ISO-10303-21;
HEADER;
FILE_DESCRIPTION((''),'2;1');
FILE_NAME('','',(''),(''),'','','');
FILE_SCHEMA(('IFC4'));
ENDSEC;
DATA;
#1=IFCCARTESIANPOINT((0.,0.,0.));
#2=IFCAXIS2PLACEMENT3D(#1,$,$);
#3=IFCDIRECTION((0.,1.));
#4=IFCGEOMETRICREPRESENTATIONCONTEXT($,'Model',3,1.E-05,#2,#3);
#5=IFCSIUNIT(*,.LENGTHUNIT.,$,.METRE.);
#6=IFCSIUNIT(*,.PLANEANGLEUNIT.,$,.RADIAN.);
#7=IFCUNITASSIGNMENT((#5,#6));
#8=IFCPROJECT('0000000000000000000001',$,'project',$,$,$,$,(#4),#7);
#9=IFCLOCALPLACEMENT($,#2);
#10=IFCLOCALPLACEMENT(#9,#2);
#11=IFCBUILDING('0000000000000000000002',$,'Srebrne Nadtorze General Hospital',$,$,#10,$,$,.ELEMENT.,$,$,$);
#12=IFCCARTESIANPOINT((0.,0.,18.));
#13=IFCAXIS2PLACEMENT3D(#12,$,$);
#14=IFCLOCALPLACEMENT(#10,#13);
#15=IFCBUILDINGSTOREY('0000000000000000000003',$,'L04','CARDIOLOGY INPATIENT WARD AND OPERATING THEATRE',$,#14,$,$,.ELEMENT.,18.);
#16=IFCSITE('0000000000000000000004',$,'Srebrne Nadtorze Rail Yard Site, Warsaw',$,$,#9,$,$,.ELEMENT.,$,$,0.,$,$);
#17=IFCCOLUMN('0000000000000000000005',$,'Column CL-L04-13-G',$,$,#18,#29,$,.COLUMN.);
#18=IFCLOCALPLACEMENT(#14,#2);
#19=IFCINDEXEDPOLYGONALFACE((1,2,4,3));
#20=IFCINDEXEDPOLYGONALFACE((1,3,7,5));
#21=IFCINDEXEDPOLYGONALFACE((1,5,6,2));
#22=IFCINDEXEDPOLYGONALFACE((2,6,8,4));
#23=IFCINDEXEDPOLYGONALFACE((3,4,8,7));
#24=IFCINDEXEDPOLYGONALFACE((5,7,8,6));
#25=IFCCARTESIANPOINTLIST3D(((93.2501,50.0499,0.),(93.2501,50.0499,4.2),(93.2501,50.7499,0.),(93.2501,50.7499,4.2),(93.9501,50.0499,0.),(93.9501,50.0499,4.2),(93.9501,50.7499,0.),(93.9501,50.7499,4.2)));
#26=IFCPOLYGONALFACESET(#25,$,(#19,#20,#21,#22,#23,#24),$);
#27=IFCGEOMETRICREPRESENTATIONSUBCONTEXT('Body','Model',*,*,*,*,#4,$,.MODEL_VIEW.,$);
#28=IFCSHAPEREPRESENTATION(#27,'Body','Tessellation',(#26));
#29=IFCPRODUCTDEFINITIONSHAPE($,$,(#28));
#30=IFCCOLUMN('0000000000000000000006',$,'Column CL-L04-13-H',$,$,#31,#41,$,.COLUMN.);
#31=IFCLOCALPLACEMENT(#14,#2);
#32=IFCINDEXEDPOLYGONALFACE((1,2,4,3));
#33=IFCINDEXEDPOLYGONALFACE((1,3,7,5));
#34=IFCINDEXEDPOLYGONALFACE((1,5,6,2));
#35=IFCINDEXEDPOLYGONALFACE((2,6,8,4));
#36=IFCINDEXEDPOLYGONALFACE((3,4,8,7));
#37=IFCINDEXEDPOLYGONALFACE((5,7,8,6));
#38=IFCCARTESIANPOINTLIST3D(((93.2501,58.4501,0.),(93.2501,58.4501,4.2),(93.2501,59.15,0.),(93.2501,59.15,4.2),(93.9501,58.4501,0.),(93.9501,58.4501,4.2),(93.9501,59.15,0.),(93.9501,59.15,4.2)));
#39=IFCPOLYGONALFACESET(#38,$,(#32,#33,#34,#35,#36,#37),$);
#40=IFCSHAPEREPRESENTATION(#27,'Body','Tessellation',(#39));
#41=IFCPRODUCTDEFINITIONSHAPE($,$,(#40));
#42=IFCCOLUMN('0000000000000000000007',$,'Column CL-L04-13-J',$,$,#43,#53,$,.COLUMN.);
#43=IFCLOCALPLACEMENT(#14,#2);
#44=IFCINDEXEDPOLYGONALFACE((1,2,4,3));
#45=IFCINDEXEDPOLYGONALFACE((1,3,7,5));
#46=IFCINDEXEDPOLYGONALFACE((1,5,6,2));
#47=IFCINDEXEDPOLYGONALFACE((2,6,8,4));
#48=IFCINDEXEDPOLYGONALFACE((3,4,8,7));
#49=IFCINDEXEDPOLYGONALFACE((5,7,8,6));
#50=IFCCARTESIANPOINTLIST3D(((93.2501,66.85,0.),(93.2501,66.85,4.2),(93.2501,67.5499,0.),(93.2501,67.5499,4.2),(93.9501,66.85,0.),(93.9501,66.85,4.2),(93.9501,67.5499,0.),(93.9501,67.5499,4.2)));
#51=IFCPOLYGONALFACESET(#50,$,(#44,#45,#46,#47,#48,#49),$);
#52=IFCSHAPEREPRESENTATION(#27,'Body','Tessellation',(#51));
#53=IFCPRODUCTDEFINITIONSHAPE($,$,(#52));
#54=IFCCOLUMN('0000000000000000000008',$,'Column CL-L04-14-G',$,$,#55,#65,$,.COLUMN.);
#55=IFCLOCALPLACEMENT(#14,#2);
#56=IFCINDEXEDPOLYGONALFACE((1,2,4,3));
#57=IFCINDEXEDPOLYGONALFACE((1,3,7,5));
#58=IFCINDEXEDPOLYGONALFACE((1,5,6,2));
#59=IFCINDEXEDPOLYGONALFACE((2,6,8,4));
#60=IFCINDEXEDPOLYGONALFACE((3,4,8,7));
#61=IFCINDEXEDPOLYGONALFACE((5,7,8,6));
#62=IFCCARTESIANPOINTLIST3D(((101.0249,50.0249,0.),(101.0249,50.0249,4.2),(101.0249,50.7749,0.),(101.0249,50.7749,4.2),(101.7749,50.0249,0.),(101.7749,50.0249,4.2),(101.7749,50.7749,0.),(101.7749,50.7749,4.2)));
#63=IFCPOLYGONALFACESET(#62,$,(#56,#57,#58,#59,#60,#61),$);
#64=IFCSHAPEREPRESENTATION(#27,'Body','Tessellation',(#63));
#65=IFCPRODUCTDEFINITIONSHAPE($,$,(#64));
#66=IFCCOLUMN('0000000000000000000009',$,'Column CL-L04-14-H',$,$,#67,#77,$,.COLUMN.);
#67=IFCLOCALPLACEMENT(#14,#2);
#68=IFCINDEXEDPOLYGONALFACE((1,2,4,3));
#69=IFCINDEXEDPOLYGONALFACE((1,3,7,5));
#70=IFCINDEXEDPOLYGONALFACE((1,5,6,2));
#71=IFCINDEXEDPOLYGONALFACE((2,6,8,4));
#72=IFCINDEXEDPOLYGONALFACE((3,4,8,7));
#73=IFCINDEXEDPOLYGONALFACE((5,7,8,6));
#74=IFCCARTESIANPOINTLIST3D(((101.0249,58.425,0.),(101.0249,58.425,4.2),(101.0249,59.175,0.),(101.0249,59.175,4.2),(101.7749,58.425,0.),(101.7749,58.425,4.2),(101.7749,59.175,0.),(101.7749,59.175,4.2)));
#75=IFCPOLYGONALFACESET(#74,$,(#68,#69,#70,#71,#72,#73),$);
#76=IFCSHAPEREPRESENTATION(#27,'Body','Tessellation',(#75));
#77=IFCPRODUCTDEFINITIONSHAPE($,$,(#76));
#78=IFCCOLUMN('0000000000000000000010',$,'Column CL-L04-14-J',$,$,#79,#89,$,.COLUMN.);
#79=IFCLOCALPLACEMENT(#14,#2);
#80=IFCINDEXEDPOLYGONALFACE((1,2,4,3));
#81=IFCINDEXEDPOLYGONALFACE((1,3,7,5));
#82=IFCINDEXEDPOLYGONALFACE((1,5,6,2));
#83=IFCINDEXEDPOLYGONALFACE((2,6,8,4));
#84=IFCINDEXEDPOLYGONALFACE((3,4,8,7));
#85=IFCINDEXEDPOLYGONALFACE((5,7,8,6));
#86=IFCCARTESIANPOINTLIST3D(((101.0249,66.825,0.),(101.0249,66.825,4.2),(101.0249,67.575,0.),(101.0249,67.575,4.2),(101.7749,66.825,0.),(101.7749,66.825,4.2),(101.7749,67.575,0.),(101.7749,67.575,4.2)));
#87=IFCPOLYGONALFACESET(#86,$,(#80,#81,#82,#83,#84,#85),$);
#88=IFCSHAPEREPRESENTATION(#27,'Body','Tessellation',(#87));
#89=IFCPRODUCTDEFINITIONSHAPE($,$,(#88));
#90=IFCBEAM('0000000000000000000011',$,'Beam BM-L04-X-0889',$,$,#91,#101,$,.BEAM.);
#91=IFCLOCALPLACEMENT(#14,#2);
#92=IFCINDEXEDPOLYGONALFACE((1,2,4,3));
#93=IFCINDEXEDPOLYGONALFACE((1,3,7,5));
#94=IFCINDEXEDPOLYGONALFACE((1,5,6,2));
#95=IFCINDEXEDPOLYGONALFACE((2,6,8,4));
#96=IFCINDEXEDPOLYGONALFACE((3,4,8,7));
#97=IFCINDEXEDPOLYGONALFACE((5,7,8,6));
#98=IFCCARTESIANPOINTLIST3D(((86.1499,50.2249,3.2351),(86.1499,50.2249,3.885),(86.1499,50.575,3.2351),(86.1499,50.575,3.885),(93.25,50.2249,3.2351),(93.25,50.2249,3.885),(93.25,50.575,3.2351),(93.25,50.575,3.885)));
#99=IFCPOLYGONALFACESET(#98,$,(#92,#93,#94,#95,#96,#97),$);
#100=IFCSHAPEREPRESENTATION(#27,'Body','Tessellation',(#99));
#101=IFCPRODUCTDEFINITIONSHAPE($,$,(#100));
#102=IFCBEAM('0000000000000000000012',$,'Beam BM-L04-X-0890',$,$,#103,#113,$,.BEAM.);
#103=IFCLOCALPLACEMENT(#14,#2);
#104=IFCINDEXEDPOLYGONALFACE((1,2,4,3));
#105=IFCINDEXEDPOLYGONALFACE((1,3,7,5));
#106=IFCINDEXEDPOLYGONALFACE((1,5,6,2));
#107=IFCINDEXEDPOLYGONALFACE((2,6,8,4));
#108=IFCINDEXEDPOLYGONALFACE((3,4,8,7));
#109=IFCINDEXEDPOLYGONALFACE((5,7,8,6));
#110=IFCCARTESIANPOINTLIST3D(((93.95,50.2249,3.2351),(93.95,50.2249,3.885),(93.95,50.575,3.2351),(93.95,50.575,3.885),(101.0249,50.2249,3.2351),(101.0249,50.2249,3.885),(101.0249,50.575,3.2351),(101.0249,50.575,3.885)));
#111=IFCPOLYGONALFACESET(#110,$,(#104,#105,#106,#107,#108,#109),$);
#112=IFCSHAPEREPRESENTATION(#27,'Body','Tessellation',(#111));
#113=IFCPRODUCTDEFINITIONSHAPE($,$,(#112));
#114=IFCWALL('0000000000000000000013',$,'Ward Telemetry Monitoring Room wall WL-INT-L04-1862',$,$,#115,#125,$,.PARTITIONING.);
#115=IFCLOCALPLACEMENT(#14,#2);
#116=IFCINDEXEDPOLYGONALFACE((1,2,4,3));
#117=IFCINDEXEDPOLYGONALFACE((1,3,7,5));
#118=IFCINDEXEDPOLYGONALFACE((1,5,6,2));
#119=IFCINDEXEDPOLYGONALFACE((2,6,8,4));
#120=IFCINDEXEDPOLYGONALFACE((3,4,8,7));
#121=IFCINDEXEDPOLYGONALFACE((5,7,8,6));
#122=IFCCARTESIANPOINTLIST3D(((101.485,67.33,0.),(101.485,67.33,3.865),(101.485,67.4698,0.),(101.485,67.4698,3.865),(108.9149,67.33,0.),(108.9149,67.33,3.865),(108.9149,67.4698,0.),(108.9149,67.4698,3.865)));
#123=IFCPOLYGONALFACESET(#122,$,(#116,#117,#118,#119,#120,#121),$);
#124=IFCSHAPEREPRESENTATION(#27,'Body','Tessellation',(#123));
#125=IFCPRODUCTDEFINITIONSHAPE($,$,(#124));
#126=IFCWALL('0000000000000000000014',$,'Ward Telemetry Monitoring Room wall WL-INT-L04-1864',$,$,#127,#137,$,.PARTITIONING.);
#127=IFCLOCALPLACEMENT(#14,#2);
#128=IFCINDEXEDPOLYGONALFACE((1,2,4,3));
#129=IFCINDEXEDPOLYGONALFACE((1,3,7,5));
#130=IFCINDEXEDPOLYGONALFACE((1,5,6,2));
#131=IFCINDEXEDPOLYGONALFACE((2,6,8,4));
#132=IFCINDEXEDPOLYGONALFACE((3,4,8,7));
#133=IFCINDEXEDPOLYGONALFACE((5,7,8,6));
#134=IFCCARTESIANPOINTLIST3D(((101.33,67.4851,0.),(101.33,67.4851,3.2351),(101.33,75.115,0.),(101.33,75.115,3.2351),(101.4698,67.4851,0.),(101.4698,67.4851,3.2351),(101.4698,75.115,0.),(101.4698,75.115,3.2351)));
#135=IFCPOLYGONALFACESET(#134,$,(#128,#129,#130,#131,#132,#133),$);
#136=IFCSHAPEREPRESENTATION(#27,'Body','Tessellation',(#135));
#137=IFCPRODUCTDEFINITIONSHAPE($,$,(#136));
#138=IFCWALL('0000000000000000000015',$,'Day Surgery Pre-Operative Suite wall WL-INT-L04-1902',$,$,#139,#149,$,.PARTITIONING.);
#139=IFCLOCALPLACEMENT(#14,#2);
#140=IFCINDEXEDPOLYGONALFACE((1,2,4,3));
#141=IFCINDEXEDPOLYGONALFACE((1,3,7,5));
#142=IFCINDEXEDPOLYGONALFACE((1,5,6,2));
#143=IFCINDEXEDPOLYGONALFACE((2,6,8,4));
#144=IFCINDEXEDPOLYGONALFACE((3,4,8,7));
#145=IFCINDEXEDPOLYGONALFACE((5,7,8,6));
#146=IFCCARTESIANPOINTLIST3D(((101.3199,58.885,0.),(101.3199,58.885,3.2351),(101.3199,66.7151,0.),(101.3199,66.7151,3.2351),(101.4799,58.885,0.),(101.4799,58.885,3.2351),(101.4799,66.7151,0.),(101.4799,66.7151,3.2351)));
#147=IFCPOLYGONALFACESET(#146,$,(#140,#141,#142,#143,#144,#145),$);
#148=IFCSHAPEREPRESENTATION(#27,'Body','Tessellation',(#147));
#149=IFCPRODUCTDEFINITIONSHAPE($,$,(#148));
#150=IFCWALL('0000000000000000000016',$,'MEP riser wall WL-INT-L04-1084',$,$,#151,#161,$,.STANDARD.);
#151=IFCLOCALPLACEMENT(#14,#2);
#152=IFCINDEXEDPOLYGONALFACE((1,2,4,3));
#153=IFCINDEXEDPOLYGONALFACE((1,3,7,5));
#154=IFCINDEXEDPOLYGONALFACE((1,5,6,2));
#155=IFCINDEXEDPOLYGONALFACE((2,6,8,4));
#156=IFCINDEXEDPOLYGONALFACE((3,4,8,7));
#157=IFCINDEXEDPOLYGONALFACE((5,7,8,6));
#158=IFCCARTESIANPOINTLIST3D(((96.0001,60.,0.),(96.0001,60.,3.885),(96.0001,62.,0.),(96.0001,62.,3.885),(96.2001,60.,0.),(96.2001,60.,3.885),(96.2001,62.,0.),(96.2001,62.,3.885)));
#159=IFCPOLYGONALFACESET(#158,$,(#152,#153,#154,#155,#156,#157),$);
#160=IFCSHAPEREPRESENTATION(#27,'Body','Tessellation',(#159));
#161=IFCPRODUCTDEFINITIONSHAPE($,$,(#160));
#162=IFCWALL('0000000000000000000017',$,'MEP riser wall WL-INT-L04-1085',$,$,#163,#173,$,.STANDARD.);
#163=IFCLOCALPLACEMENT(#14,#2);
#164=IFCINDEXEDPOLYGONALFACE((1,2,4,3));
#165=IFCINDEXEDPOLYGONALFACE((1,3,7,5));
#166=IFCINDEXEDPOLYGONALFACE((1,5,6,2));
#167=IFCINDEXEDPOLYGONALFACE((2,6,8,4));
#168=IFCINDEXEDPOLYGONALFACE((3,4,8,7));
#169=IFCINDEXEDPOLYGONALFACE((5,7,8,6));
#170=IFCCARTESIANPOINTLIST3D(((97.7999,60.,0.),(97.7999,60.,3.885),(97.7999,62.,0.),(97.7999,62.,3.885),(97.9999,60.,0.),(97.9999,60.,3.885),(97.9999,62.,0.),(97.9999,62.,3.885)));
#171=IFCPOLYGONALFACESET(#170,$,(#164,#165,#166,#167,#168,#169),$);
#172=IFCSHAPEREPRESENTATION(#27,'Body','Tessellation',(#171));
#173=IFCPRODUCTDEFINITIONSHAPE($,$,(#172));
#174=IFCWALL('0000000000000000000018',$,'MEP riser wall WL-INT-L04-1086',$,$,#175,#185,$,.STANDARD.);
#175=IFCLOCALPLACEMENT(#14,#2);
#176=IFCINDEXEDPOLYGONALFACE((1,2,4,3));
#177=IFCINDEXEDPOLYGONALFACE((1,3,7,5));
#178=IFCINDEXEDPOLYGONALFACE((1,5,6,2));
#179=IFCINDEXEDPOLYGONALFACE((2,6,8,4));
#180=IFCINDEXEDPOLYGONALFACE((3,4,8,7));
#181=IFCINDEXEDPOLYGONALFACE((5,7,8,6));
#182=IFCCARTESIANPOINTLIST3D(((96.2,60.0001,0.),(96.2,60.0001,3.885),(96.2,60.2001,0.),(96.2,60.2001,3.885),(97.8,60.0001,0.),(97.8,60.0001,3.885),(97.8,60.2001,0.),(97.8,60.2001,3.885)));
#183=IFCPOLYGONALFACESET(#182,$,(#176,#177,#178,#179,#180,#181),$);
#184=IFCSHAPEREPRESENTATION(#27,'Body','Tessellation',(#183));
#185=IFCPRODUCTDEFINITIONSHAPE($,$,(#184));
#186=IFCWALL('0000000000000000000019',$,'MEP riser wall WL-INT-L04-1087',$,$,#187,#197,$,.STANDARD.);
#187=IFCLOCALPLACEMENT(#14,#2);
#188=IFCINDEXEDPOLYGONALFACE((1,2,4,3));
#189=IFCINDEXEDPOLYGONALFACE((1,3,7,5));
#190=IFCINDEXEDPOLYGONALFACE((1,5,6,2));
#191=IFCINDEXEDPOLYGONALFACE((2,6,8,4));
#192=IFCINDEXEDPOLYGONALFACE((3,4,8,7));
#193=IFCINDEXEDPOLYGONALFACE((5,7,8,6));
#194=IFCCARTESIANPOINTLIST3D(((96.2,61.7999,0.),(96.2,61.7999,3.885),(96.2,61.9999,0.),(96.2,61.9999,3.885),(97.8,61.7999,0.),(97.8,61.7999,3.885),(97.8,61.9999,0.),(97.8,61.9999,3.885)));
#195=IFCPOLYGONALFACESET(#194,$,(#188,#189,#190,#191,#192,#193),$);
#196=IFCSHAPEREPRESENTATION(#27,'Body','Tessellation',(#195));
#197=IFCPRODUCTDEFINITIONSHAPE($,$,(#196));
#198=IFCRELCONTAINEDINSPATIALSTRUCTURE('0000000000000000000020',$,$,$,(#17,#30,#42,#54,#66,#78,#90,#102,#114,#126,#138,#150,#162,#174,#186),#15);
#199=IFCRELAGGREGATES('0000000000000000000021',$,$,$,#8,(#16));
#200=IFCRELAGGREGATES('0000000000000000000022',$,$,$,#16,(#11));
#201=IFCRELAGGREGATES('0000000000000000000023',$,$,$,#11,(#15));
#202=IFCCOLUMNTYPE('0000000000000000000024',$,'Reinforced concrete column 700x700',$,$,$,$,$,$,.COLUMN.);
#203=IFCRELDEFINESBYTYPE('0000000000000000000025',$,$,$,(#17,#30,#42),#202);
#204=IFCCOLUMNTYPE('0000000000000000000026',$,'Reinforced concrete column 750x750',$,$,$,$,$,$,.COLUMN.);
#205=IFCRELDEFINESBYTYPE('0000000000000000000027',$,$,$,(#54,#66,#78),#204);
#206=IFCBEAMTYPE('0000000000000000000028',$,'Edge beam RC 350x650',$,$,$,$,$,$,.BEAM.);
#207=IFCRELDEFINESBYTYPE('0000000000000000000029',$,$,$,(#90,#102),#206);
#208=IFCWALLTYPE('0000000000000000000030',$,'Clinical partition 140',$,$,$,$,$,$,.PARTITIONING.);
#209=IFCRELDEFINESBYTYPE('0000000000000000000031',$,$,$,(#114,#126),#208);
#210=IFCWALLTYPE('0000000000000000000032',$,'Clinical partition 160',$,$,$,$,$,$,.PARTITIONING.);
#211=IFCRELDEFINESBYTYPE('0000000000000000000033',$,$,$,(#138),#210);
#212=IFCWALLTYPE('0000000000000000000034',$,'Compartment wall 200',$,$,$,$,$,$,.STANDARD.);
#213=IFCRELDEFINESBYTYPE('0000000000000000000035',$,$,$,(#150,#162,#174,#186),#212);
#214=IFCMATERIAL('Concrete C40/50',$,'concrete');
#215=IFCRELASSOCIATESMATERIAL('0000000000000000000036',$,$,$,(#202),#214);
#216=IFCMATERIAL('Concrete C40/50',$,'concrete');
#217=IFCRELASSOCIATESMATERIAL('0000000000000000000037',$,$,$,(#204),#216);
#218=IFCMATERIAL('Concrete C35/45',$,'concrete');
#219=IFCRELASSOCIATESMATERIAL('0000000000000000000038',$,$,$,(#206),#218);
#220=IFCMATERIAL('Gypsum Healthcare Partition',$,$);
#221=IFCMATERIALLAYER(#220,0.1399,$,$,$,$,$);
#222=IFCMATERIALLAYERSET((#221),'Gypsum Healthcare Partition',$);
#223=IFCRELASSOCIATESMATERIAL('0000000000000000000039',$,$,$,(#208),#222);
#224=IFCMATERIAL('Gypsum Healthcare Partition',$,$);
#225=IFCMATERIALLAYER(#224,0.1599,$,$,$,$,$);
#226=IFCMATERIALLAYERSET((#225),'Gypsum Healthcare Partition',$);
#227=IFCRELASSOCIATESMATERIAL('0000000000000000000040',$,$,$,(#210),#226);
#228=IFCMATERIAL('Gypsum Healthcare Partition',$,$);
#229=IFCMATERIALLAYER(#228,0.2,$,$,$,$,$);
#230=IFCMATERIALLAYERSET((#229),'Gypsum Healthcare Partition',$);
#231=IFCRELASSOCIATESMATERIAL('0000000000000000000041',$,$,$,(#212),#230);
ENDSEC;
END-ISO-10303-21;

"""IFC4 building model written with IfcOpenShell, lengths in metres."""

from ifc_helpers import new_model, si_unit, direction, frame, frame_2d, origin, origin_2d, place, context, subcontext, project, spatial, rectangle, extrude, material, layer, layer_set, material_profile, profile_set, type_object, element, save


model = new_model("IFC4")

# Units and contexts
model_context = context("Model", 3, precision=1e-05, world=origin(), true_north=direction((0.0, 1.0)))
body_context = subcontext(model_context, "Body", "Model", "MODEL_VIEW")
ifc_project = project(units=[si_unit("LENGTHUNIT", "METRE"), si_unit("PLANEANGLEUNIT", "RADIAN")], contexts=[model_context])

# Site, building, storey
site_placement = place(None, origin())
site = spatial("IfcSite", under=ifc_project, at=site_placement, Name="Srebrne Nadtorze Rail Yard Site, Warsaw", CompositionType="ELEMENT", RefElevation=0.0)
building_placement = place(site_placement, origin())
building = spatial("IfcBuilding", under=site, at=building_placement, Name="Srebrne Nadtorze General Hospital", CompositionType="ELEMENT")
storey_placement = place(building_placement, frame((0.0, 0.0, 18.0)))
storey = spatial("IfcBuildingStorey", under=building, at=storey_placement, Name="L04", Description="CARDIOLOGY INPATIENT WARD AND OPERATING THEATRE", CompositionType="ELEMENT", Elevation=18.0)

# Columns
ifc_material_1 = material(Name="Concrete C40/50", Category="concrete")
ifc_material_profile_1 = material_profile(ifc_material_1, rectangle(XDim=0.7, YDim=0.7, at=origin_2d()), Name="RC-COL-700x700")
ifc_profile_set_1 = profile_set([ifc_material_profile_1], Name="Concrete C40/50")
column_type_1 = type_object("IfcColumnType", Name="Reinforced concrete column 700x700", PredefinedType="COLUMN", material=ifc_profile_set_1)
for number, where, z_axis, x_axis, name in (
    (1, (93.6001, 50.3999, 0.0), (0.0, 0.0, 1.0), (1.0, 0.0, 0.0), "Column CL-L04-13-G"),
    (2, (93.6001, 58.8, 0.0), (0.0, 0.0, 1.0), (1.0, 0.0, 0.0), "Column CL-L04-13-H"),
    (3, (93.6001, 67.2, 0.0), (0.0, 0.0, 1.0), (1.0, 0.0, 0.0), "Column CL-L04-13-J"),
):
    element("IfcColumn", number, at=place(storey_placement, frame(where, z_axis=z_axis, x_axis=x_axis)), inside=storey, type_object=column_type_1, Name=name, PredefinedType="COLUMN", context=body_context, shape_type="SweptSolid", body=[
        extrude(rectangle(XDim=0.7, YDim=0.7, at=origin_2d()), origin(), (0.0, 0.0, 1.0), 4.2),
    ])
ifc_material_2 = material(Name="Concrete C40/50", Category="concrete")
ifc_material_profile_2 = material_profile(ifc_material_2, rectangle(XDim=0.75, YDim=0.75, at=origin_2d()), Name="RC-COL-750x750")
ifc_profile_set_2 = profile_set([ifc_material_profile_2], Name="Concrete C40/50")
column_type_2 = type_object("IfcColumnType", Name="Reinforced concrete column 750x750", PredefinedType="COLUMN", material=ifc_profile_set_2)
for number, where, z_axis, x_axis, name in (
    (4, (101.3999, 50.3999, 0.0), (0.0, 0.0, 1.0), (1.0, 0.0, 0.0), "Column CL-L04-14-G"),
    (5, (101.3999, 58.8, 0.0), (0.0, 0.0, 1.0), (1.0, 0.0, 0.0), "Column CL-L04-14-H"),
    (6, (101.3999, 67.2, 0.0), (0.0, 0.0, 1.0), (1.0, 0.0, 0.0), "Column CL-L04-14-J"),
):
    element("IfcColumn", number, at=place(storey_placement, frame(where, z_axis=z_axis, x_axis=x_axis)), inside=storey, type_object=column_type_2, Name=name, PredefinedType="COLUMN", context=body_context, shape_type="SweptSolid", body=[
        extrude(rectangle(XDim=0.75, YDim=0.75, at=origin_2d()), origin(), (0.0, 0.0, 1.0), 4.2),
    ])

# Beams
ifc_material_3 = material(Name="Concrete C35/45", Category="concrete")
ifc_material_profile_3 = material_profile(ifc_material_3, rectangle(XDim=0.3501, YDim=0.6499, at=origin_2d()), Name="RC-BM-350x650")
ifc_profile_set_3 = profile_set([ifc_material_profile_3], Name="Concrete C35/45")
beam_type = type_object("IfcBeamType", Name="Edge beam RC 350x650", PredefinedType="BEAM", material=ifc_profile_set_3)
beam_1_placement = place(storey_placement, frame((86.1499, 50.3999, 3.5601), z_axis=(1.0, 0.0, 0.0), x_axis=(0.0, 1.0, 0.0)))
element("IfcBeam", 7, at=beam_1_placement, inside=storey, type_object=beam_type, Name="Beam BM-L04-X-0889", PredefinedType="BEAM", context=body_context, shape_type="SweptSolid", body=[
    extrude(rectangle(XDim=0.3501, YDim=0.6499, at=origin_2d()), origin(), (0.0, 0.0, 1.0), 7.1001),
])
beam_2_placement = place(storey_placement, frame((93.95, 50.3999, 3.5601), z_axis=(1.0, 0.0, 0.0), x_axis=(0.0, 1.0, 0.0)))
element("IfcBeam", 8, at=beam_2_placement, inside=storey, type_object=beam_type, Name="Beam BM-L04-X-0890", PredefinedType="BEAM", context=body_context, shape_type="SweptSolid", body=[
    extrude(rectangle(XDim=0.3501, YDim=0.6499, at=origin_2d()), origin(), (0.0, 0.0, 1.0), 7.075),
])

# Walls
ifc_material_4 = material(Name="Gypsum Healthcare Partition")
ifc_layer_1 = layer(ifc_material_4, 0.1399)
ifc_layer_set_1 = layer_set([ifc_layer_1], Name="Gypsum Healthcare Partition")
wall_type_1 = type_object("IfcWallType", Name="Clinical partition 140", PredefinedType="PARTITIONING", material=ifc_layer_set_1)
wall_1_placement = place(storey_placement, frame((101.4851, 67.3999, 0.0), z_axis=(0.0, 0.0, 1.0), x_axis=(1.0, 0.0, 0.0)))
element("IfcWall", 9, at=wall_1_placement, inside=storey, type_object=wall_type_1, Name="Ward Telemetry Monitoring Room wall WL-INT-L04-1862", PredefinedType="PARTITIONING", context=body_context, shape_type="SweptSolid", body=[
    extrude(rectangle(XDim=7.4299, YDim=0.1399, at=frame_2d((3.7148, 0.0))), origin(), (0.0, 0.0, 1.0), 3.865),
])
wall_2_placement = place(storey_placement, frame((101.3999, 67.4851, 0.0), z_axis=(0.0, 0.0, 1.0), x_axis=(0.0, 1.0, 0.0)))
element("IfcWall", 10, at=wall_2_placement, inside=storey, type_object=wall_type_1, Name="Ward Telemetry Monitoring Room wall WL-INT-L04-1864", PredefinedType="PARTITIONING", context=body_context, shape_type="SweptSolid", body=[
    extrude(rectangle(XDim=7.6299, YDim=0.1399, at=frame_2d((3.8149, 0.0))), origin(), (0.0, 0.0, 1.0), 3.2351),
])
ifc_material_5 = material(Name="Gypsum Healthcare Partition")
ifc_layer_2 = layer(ifc_material_5, 0.1599)
ifc_layer_set_2 = layer_set([ifc_layer_2], Name="Gypsum Healthcare Partition")
wall_type_2 = type_object("IfcWallType", Name="Clinical partition 160", PredefinedType="PARTITIONING", material=ifc_layer_set_2)
wall_3_placement = place(storey_placement, frame((101.3999, 58.885, 0.0), z_axis=(0.0, 0.0, 1.0), x_axis=(0.0, 1.0, 0.0)))
element("IfcWall", 11, at=wall_3_placement, inside=storey, type_object=wall_type_2, Name="Day Surgery Pre-Operative Suite wall WL-INT-L04-1902", PredefinedType="PARTITIONING", context=body_context, shape_type="SweptSolid", body=[
    extrude(rectangle(XDim=7.8301, YDim=0.1599, at=frame_2d((3.915, 0.0))), origin(), (0.0, 0.0, 1.0), 3.2351),
])
ifc_material_6 = material(Name="Gypsum Healthcare Partition")
ifc_layer_3 = layer(ifc_material_6, 0.2)
ifc_layer_set_3 = layer_set([ifc_layer_3], Name="Gypsum Healthcare Partition")
wall_type_3 = type_object("IfcWallType", Name="Compartment wall 200", PredefinedType="STANDARD", material=ifc_layer_set_3)
for number, where, z_axis, x_axis, name in (
    (12, (96.1001, 60.0, 0.0), (0.0, 0.0, 1.0), (0.0, 1.0, 0.0), "MEP riser wall WL-INT-L04-1084"),
    (13, (97.8999, 60.0, 0.0), (0.0, 0.0, 1.0), (0.0, 1.0, 0.0), "MEP riser wall WL-INT-L04-1085"),
):
    element("IfcWall", number, at=place(storey_placement, frame(where, z_axis=z_axis, x_axis=x_axis)), inside=storey, type_object=wall_type_3, Name=name, PredefinedType="STANDARD", context=body_context, shape_type="SweptSolid", body=[
        extrude(rectangle(XDim=2.0, YDim=0.2, at=frame_2d((1.0, 0.0))), origin(), (0.0, 0.0, 1.0), 3.885),
    ])
for number, where, z_axis, x_axis, name in (
    (14, (96.2, 60.1001, 0.0), (0.0, 0.0, 1.0), (1.0, 0.0, 0.0), "MEP riser wall WL-INT-L04-1086"),
    (15, (96.2, 61.8999, 0.0), (0.0, 0.0, 1.0), (1.0, 0.0, 0.0), "MEP riser wall WL-INT-L04-1087"),
):
    element("IfcWall", number, at=place(storey_placement, frame(where, z_axis=z_axis, x_axis=x_axis)), inside=storey, type_object=wall_type_3, Name=name, PredefinedType="STANDARD", context=body_context, shape_type="SweptSolid", body=[
        extrude(rectangle(XDim=1.6001, YDim=0.2, at=frame_2d((0.8, 0.0))), origin(), (0.0, 0.0, 1.0), 3.885),
    ])

save(model, "model.ifc")
